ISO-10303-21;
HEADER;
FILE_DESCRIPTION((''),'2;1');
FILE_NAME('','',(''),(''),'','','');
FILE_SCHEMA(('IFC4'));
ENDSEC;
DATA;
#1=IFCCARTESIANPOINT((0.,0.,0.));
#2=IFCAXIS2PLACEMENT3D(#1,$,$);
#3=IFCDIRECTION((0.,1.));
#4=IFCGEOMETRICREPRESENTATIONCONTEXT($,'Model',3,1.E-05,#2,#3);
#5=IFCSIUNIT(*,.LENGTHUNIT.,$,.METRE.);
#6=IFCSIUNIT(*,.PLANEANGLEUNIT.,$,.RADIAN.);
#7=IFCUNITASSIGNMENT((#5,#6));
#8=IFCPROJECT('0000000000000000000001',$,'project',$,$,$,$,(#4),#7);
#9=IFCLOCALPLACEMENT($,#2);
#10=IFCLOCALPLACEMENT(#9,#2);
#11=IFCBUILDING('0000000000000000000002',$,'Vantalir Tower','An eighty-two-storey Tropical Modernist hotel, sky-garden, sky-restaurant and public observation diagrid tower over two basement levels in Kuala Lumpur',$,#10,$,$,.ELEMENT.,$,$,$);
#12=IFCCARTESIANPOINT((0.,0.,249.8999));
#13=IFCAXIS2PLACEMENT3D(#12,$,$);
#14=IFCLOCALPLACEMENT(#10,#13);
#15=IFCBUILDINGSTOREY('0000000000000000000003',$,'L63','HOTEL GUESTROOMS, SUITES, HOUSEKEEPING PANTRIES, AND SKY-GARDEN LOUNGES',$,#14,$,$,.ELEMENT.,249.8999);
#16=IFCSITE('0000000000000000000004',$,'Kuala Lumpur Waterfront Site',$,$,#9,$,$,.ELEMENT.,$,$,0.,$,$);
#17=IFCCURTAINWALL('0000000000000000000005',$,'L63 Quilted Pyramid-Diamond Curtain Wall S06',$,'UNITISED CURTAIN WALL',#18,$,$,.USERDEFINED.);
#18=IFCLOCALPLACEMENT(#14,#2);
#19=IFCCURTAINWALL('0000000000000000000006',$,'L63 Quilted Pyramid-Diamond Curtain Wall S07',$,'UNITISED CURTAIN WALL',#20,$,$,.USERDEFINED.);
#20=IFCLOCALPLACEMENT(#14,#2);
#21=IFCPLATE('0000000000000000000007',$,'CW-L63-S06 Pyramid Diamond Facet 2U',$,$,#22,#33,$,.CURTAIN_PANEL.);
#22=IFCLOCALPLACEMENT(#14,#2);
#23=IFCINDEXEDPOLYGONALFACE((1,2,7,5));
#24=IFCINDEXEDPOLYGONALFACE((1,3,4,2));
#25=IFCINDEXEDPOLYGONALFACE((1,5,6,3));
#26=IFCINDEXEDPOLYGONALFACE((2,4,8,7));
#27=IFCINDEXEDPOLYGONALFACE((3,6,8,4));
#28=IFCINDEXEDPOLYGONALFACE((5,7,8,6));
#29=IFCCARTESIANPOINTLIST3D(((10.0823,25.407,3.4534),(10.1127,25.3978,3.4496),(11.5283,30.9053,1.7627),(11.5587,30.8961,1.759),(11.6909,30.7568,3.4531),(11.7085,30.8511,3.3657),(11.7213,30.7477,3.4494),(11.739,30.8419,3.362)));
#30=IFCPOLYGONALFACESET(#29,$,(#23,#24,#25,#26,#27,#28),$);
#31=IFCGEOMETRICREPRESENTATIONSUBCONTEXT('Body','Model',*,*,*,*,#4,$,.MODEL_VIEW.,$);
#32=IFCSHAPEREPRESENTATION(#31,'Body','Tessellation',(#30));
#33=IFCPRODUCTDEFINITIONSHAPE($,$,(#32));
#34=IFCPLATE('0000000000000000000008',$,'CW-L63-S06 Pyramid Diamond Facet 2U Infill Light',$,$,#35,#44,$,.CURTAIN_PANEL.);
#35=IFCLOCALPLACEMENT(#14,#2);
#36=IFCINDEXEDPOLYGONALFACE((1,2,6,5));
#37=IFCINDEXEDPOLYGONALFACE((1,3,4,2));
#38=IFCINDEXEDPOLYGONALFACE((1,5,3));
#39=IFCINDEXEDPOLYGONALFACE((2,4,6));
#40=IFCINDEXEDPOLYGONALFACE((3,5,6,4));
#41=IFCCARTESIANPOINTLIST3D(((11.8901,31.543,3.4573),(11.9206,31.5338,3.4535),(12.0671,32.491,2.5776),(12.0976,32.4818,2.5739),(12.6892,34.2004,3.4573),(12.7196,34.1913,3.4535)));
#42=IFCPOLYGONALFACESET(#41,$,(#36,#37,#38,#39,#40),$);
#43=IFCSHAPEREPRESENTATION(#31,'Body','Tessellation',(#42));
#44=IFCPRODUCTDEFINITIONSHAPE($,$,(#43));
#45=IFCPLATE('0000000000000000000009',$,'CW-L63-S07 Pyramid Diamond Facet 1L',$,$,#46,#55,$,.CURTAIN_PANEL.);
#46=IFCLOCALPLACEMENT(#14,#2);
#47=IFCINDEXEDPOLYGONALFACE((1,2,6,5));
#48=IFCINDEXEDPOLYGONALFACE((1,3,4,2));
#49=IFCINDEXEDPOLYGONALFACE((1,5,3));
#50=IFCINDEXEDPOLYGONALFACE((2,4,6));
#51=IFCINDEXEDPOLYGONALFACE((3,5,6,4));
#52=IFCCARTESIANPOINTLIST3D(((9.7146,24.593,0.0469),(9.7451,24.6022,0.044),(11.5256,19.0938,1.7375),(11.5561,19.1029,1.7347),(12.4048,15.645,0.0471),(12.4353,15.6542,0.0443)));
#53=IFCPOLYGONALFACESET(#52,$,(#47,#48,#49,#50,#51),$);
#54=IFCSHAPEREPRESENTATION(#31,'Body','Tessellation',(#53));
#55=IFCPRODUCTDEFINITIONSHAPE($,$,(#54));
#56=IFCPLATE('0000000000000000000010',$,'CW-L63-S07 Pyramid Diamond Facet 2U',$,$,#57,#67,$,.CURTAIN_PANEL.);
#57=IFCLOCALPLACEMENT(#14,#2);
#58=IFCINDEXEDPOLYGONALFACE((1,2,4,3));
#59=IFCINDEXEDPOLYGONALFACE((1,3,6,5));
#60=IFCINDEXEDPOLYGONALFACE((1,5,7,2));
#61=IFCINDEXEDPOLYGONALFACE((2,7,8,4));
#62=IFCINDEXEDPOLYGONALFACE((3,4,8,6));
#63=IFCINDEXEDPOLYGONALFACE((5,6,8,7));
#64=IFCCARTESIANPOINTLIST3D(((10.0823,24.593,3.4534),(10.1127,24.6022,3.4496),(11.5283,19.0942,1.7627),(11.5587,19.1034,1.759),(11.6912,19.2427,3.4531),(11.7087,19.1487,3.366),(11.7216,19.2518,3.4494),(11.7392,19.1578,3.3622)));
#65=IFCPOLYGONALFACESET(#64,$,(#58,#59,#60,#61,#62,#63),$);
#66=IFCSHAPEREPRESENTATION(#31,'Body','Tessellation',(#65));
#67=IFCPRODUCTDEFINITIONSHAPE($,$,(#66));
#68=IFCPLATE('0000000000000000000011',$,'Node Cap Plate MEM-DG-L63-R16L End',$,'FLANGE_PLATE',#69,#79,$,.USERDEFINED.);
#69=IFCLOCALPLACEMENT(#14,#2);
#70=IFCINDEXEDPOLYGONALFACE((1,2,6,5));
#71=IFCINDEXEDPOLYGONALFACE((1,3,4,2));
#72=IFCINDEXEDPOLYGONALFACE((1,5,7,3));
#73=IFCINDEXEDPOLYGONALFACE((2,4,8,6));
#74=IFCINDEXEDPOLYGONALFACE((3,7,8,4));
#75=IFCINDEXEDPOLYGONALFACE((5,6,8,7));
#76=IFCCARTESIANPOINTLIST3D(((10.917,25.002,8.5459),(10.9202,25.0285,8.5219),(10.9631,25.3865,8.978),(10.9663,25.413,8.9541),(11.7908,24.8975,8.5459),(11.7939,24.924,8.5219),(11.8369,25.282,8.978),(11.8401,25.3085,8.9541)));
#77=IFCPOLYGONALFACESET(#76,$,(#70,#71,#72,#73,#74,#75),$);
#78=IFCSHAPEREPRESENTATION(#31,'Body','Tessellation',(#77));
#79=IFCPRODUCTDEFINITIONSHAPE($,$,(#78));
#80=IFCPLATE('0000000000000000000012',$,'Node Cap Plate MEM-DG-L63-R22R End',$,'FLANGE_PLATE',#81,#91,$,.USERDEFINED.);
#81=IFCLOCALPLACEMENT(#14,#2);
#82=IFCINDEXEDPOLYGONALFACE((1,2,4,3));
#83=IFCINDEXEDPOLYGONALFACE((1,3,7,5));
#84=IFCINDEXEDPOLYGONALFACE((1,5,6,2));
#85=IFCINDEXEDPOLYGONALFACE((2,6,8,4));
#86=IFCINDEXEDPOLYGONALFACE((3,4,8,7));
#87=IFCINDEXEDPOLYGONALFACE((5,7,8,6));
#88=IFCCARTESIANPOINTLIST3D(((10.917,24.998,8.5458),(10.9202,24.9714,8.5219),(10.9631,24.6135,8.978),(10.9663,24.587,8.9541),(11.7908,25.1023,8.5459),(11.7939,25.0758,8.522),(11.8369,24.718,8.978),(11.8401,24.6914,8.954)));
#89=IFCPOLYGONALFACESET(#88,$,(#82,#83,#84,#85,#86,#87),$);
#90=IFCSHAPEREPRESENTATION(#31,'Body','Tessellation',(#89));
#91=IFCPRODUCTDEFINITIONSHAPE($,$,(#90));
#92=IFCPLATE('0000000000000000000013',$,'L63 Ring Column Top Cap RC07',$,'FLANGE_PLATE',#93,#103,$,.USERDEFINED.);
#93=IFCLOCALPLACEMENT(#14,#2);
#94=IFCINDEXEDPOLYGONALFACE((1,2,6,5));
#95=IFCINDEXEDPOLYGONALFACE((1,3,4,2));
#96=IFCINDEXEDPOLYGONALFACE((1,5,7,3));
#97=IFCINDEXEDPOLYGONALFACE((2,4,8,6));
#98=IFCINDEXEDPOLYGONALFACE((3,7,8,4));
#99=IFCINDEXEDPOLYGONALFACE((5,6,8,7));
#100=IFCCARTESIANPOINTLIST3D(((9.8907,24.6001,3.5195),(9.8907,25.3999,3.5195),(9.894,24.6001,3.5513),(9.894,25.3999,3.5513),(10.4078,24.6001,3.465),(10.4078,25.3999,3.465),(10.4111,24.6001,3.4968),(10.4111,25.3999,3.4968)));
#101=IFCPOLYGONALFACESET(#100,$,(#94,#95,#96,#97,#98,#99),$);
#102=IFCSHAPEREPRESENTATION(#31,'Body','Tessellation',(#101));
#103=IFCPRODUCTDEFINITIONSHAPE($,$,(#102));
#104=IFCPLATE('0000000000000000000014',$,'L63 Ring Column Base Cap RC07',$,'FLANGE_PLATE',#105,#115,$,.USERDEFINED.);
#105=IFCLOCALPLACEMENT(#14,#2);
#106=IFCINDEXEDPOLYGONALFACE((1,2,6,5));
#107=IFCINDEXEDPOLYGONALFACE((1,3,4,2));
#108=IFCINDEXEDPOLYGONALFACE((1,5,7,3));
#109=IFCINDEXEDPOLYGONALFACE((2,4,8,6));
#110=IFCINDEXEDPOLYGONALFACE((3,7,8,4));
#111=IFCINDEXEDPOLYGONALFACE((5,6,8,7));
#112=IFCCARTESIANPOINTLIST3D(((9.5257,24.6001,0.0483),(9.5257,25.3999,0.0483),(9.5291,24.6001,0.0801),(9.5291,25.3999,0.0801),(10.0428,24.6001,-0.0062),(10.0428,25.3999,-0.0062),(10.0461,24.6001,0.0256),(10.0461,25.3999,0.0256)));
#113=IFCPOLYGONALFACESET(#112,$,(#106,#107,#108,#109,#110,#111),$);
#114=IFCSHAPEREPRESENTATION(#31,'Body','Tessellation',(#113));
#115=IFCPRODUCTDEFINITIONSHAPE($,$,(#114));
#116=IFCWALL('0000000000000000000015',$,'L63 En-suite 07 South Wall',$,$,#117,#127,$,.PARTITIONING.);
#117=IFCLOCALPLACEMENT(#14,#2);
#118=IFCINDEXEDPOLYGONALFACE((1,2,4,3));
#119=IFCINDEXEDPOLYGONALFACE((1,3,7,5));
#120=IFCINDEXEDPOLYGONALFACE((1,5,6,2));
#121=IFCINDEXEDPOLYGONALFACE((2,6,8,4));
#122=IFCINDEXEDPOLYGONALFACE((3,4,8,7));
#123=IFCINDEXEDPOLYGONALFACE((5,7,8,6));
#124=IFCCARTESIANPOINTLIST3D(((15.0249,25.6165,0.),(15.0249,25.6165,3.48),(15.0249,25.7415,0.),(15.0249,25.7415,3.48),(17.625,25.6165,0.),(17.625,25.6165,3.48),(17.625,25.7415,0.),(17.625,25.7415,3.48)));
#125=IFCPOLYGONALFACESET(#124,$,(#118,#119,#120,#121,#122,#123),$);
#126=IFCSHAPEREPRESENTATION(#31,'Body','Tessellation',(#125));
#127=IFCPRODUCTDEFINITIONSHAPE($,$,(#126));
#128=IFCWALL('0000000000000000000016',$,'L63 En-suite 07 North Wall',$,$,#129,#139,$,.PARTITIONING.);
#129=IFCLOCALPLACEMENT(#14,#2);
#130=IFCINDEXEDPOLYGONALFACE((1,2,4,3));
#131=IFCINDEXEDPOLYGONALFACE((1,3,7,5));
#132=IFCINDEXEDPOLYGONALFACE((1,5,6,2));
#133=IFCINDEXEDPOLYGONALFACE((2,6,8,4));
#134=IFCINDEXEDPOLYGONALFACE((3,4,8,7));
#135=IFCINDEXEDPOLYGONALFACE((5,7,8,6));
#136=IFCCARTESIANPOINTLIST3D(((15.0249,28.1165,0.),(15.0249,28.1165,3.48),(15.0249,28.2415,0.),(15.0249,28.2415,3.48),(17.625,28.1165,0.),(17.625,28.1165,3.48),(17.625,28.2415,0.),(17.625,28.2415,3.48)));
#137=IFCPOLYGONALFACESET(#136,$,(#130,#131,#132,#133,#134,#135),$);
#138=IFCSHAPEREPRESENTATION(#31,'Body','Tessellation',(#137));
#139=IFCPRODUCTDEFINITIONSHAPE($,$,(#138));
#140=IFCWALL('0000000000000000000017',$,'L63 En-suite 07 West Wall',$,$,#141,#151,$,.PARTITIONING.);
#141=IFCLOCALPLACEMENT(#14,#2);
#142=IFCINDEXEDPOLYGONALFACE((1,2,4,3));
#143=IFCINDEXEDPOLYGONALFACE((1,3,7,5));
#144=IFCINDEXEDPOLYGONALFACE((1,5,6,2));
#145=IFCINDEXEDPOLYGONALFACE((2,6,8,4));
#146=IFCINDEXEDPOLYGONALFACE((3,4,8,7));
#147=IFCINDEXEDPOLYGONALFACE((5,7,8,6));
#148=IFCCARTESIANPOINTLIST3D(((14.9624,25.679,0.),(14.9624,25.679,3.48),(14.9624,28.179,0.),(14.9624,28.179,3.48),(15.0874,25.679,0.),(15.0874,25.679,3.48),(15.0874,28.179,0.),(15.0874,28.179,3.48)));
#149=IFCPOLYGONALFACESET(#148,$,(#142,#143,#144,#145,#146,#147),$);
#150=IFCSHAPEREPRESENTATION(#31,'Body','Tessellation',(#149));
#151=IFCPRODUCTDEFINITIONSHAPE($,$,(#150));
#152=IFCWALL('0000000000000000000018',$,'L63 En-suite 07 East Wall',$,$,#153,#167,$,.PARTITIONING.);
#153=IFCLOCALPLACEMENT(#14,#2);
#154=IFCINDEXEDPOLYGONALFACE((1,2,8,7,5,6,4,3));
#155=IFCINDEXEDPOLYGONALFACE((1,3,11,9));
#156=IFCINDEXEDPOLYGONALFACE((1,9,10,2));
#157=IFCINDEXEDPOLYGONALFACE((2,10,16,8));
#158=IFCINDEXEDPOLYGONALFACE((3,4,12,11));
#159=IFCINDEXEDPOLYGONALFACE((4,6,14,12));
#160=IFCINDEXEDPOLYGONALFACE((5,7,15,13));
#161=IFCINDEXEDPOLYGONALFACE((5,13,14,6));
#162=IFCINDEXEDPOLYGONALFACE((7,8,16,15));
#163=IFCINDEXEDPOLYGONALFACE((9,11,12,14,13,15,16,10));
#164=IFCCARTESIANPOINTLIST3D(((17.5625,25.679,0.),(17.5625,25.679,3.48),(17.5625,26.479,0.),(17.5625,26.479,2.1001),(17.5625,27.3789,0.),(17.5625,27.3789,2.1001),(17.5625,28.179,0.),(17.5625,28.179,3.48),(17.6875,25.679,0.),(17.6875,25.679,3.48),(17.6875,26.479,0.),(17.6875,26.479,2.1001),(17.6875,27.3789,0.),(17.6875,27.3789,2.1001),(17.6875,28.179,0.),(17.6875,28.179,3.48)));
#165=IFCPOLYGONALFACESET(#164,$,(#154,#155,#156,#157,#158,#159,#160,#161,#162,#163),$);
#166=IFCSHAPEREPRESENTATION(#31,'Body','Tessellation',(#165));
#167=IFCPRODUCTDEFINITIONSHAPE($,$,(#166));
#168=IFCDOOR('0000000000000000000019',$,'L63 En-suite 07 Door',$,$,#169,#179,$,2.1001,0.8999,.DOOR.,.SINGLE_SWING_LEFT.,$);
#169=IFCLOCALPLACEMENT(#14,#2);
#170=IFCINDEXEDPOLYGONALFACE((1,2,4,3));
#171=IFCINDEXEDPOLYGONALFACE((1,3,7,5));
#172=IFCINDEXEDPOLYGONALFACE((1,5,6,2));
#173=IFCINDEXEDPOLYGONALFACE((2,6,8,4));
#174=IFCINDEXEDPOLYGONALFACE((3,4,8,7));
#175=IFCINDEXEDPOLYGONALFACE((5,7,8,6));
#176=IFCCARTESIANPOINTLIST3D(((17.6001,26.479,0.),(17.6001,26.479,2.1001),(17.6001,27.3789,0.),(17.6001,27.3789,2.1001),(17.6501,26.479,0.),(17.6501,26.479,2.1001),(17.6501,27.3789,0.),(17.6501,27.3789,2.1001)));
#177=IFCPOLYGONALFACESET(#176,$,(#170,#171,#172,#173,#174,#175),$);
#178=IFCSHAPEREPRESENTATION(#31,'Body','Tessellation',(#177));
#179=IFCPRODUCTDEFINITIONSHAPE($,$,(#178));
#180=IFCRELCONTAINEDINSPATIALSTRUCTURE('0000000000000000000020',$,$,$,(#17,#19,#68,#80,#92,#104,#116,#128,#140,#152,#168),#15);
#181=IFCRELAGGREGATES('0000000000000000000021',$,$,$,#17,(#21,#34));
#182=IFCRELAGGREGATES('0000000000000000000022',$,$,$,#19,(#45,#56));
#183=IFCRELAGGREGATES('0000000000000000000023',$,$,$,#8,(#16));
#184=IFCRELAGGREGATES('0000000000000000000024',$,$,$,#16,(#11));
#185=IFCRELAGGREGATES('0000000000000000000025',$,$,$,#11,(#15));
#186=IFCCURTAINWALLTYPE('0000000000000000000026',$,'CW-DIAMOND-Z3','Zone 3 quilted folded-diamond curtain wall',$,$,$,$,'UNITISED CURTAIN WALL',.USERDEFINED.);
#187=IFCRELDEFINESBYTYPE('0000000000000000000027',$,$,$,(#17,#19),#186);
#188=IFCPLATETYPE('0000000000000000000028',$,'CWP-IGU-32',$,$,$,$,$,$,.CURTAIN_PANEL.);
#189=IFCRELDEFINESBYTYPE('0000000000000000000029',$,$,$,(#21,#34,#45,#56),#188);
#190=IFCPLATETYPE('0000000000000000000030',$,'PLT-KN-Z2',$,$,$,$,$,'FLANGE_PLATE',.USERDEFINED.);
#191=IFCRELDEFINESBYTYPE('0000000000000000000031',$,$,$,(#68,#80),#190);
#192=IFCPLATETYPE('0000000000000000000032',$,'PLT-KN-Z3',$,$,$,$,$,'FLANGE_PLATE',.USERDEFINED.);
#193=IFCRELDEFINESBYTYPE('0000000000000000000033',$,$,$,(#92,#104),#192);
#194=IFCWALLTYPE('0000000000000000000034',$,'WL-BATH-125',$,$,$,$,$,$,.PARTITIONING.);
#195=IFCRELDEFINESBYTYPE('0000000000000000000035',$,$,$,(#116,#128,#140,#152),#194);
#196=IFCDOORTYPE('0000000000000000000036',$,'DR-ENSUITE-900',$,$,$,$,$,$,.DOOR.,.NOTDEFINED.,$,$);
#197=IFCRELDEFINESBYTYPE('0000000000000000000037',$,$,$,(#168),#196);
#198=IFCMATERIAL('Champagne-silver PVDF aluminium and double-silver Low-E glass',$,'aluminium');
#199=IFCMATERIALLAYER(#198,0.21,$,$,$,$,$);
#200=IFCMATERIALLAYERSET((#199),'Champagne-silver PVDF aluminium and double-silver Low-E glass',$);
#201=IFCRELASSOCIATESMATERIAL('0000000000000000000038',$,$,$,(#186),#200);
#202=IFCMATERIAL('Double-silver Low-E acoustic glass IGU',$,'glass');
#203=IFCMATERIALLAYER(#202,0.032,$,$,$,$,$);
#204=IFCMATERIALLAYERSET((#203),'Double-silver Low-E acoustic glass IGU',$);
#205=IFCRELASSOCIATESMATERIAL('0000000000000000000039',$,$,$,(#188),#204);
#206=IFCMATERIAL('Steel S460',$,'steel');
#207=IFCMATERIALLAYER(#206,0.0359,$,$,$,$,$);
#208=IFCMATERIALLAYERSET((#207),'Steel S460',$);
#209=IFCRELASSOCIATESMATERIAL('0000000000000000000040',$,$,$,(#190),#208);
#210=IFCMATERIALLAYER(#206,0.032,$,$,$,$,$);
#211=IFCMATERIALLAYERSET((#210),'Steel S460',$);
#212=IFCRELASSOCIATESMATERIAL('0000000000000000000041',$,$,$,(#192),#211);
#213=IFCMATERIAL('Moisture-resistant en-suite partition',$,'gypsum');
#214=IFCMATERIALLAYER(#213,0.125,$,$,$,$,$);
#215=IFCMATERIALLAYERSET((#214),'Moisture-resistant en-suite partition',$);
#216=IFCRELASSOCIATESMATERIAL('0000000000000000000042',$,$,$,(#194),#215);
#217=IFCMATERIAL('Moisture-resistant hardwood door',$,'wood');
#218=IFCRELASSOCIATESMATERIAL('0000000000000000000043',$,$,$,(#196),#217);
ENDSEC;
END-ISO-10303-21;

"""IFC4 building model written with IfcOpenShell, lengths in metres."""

from ifc_helpers import new_model, si_unit, direction, frame, frame_2d, origin, place, context, subcontext, project, spatial, polyline, rectangle, outline, extrude, material, layer, layer_set, type_object, element, fill, aggregate, save


model = new_model("IFC4")

# Units and contexts
model_context = context("Model", 3, precision=1e-05, world=origin(), true_north=direction((0.0, 1.0)))
body_context = subcontext(model_context, "Body", "Model", "MODEL_VIEW")
ifc_project = project(units=[si_unit("LENGTHUNIT", "METRE"), si_unit("PLANEANGLEUNIT", "RADIAN")], contexts=[model_context])

# Site, building, storey
site_placement = place(None, origin())
site = spatial("IfcSite", under=ifc_project, at=site_placement, Name="Kuala Lumpur Waterfront Site", CompositionType="ELEMENT", RefElevation=0.0)
building_placement = place(site_placement, origin())
building = spatial("IfcBuilding", under=site, at=building_placement, Name="Vantalir Tower", Description="An eighty-two-storey Tropical Modernist hotel, sky-garden, sky-restaurant and public observation diagrid tower over two basement levels in Kuala Lumpur", CompositionType="ELEMENT")
storey_placement = place(building_placement, frame((0.0, 0.0, 249.8999)))
storey = spatial("IfcBuildingStorey", under=building, at=storey_placement, Name="L63", Description="HOTEL GUESTROOMS, SUITES, HOUSEKEEPING PANTRIES, AND SKY-GARDEN LOUNGES", CompositionType="ELEMENT", Elevation=249.8999)

# Shared definitions
ifc_material_1 = material(Name="Steel S460", Category="steel")

# Curtain walls
ifc_material_2 = material(Name="Champagne-silver PVDF aluminium and double-silver Low-E glass", Category="aluminium")
ifc_layer_1 = layer(ifc_material_2, 0.21)
ifc_layer_set_1 = layer_set([ifc_layer_1], Name="Champagne-silver PVDF aluminium and double-silver Low-E glass")
curtain_wall_type = type_object("IfcCurtainWallType", Name="CW-DIAMOND-Z3", Description="Zone 3 quilted folded-diamond curtain wall", ElementType="UNITISED CURTAIN WALL", PredefinedType="USERDEFINED", material=ifc_layer_set_1)
curtain_wall_1_placement = place(storey_placement, origin())
curtain_wall_1 = element("IfcCurtainWall", 1, at=curtain_wall_1_placement, inside=storey, type_object=curtain_wall_type, Name="L63 Quilted Pyramid-Diamond Curtain Wall S06", ObjectType="UNITISED CURTAIN WALL", PredefinedType="USERDEFINED")
curtain_wall_2_placement = place(storey_placement, origin())
curtain_wall_2 = element("IfcCurtainWall", 2, at=curtain_wall_2_placement, inside=storey, type_object=curtain_wall_type, Name="L63 Quilted Pyramid-Diamond Curtain Wall S07", ObjectType="UNITISED CURTAIN WALL", PredefinedType="USERDEFINED")

# Plates
ifc_material_3 = material(Name="Double-silver Low-E acoustic glass IGU", Category="glass")
ifc_layer_2 = layer(ifc_material_3, 0.032)
ifc_layer_set_2 = layer_set([ifc_layer_2], Name="Double-silver Low-E acoustic glass IGU")
plate_type_1 = type_object("IfcPlateType", Name="CWP-IGU-32", PredefinedType="CURTAIN_PANEL", material=ifc_layer_set_2)
plate_1_placement = place(storey_placement, frame((11.6909, 30.7568, 3.4531), z_axis=(-0.951113, 0.285987, 0.116598), x_axis=(-0.287946, -0.957647, 0.000043)))
plate_1 = element("IfcPlate", 3, at=plate_1_placement, type_object=plate_type_1, Name="CW-L63-S06 Pyramid Diamond Facet 2U", PredefinedType="CURTAIN_PANEL", context=body_context, shape_type="SweptSolid", body=[
    extrude(outline(polyline([(0.0, 0.0), (5.5865, 0.0), (-0.0954, -1.702), (-0.0953, -0.088), (0.0, 0.0)])), origin(), (0.0, 0.0, -1.0), 0.032),
])
plate_2_placement = place(storey_placement, frame((12.6892, 34.2004, 3.4573), z_axis=(-0.951087, 0.285981, 0.116827), x_axis=(-0.287953, -0.957644, 0.0)))
plate_2 = element("IfcPlate", 4, at=plate_2_placement, type_object=plate_type_1, Name="CW-L63-S06 Pyramid Diamond Facet 2U Infill Light", PredefinedType="CURTAIN_PANEL", context=body_context, shape_type="SweptSolid", body=[
    extrude(outline(polyline([(0.0, 0.0), (2.775, 0.0), (1.8162, -0.8857), (0.0, 0.0)])), origin(), (0.0, 0.0, -1.0), 0.032),
])
aggregate(curtain_wall_1, [plate_1, plate_2])
plate_3_placement = place(storey_placement, frame((9.7146, 24.593, 0.0469), z_axis=(-0.953858, -0.286772, 0.08898), x_axis=(0.287916, -0.957656, 0.000026)))
plate_3 = element("IfcPlate", 5, at=plate_3_placement, type_object=plate_type_1, Name="CW-L63-S07 Pyramid Diamond Facet 1L", PredefinedType="CURTAIN_PANEL", context=body_context, shape_type="SweptSolid", body=[
    extrude(outline(polyline([(0.0, 0.0), (9.3436, 0.0), (5.7879, 1.6973), (0.0, 0.0)])), origin(), (0.0, 0.0, -1.0), 0.032),
])
plate_4_placement = place(storey_placement, frame((10.0823, 24.593, 3.4534), z_axis=(-0.95109, -0.286007, 0.116734), x_axis=(0.287971, -0.957639, -0.000044)))
plate_4 = element("IfcPlate", 6, at=plate_4_placement, type_object=plate_type_1, Name="CW-L63-S07 Pyramid Diamond Facet 2U", PredefinedType="CURTAIN_PANEL", context=body_context, shape_type="SweptSolid", body=[
    extrude(outline(polyline([(0.0, 0.0), (5.587, 0.0), (5.6821, -0.0878), (5.6823, -1.7021), (0.0, 0.0)])), origin(), (0.0, 0.0, -1.0), 0.032),
])
aggregate(curtain_wall_2, [plate_3, plate_4])

# Plates
ifc_layer_3 = layer(ifc_material_1, 0.0359)
ifc_layer_set_3 = layer_set([ifc_layer_3], Name="Steel S460")
plate_type_2 = type_object("IfcPlateType", Name="PLT-KN-Z2", ElementType="FLANGE_PLATE", PredefinedType="USERDEFINED", material=ifc_layer_set_3)
plate_5_placement = place(storey_placement, frame((10.917, 25.002, 8.5459), z_axis=(-0.088425, -0.739426, 0.667406), x_axis=(0.992925, -0.11874, 0.0)))
element("IfcPlate", 7, at=plate_5_placement, inside=storey, type_object=plate_type_2, Name="Node Cap Plate MEM-DG-L63-R16L End", ObjectType="FLANGE_PLATE", PredefinedType="USERDEFINED", context=body_context, shape_type="SweptSolid", body=[
    extrude(outline(polyline([(0.0, 0.0), (0.88, 0.0), (0.8802, 0.5803), (0.0002, 0.5803), (0.0, 0.0)])), origin(), (0.0, 0.0, -1.0), 0.0359),
])
plate_6_placement = place(storey_placement, frame((11.7908, 25.1023, 8.5459), z_axis=(-0.088336, 0.739541, 0.66729), x_axis=(-0.992949, -0.118543, -0.000068)))
element("IfcPlate", 8, at=plate_6_placement, inside=storey, type_object=plate_type_2, Name="Node Cap Plate MEM-DG-L63-R22R End", ObjectType="FLANGE_PLATE", PredefinedType="USERDEFINED", context=body_context, shape_type="SweptSolid", body=[
    extrude(outline(polyline([(0.0, 0.0), (0.88, 0.0), (0.8797, 0.5803), (-0.0003, 0.5801), (0.0, 0.0)])), origin(), (0.0, 0.0, -1.0), 0.0359),
])
ifc_layer_4 = layer(ifc_material_1, 0.032)
ifc_layer_set_4 = layer_set([ifc_layer_4], Name="Steel S460")
plate_type_3 = type_object("IfcPlateType", Name="PLT-KN-Z3", ElementType="FLANGE_PLATE", PredefinedType="USERDEFINED", material=ifc_layer_set_4)
for number, where, z_axis, x_axis, name in (
    (9, (9.894, 25.3999, 3.5513), (0.104709, 0.0, 0.994503), (0.0, -1.0, 0.0), "L63 Ring Column Top Cap RC07"),
    (10, (9.5291, 25.3999, 0.0801), (0.104709, 0.0, 0.994503), (0.0, -1.0, 0.0), "L63 Ring Column Base Cap RC07"),
):
    element("IfcPlate", number, at=place(storey_placement, frame(where, z_axis=z_axis, x_axis=x_axis)), inside=storey, type_object=plate_type_3, Name=name, ObjectType="FLANGE_PLATE", PredefinedType="USERDEFINED", context=body_context, shape_type="SweptSolid", body=[
        extrude(outline(polyline([(0.0, 0.0), (0.7998, 0.0), (0.7998, 0.5199), (0.0, 0.5199), (0.0, 0.0)])), origin(), (0.0, 0.0, -1.0), 0.032),
    ])

# Walls
ifc_material_4 = material(Name="Moisture-resistant en-suite partition", Category="gypsum")
ifc_layer_5 = layer(ifc_material_4, 0.125)
ifc_layer_set_5 = layer_set([ifc_layer_5], Name="Moisture-resistant en-suite partition")
wall_type_1 = type_object("IfcWallType", Name="WL-BATH-125", PredefinedType="PARTITIONING", material=ifc_layer_set_5)
for number, where, z_axis, x_axis, name in (
    (11, (15.0249, 25.679, 0.0), (0.0, 0.0, 1.0), (1.0, 0.0, 0.0), "L63 En-suite 07 South Wall"),
    (12, (15.0249, 28.179, 0.0), (0.0, 0.0, 1.0), (1.0, 0.0, 0.0), "L63 En-suite 07 North Wall"),
):
    element("IfcWall", number, at=place(storey_placement, frame(where, z_axis=z_axis, x_axis=x_axis)), inside=storey, type_object=wall_type_1, Name=name, PredefinedType="PARTITIONING", context=body_context, shape_type="SweptSolid", body=[
        extrude(rectangle(XDim=2.6001, YDim=0.125, at=frame_2d((1.3, 0.0))), origin(), (0.0, 0.0, 1.0), 3.48),
    ])
wall_1_placement = place(storey_placement, frame((15.0249, 25.679, 0.0), z_axis=(0.0, 0.0, 1.0), x_axis=(0.0, 1.0, 0.0)))
element("IfcWall", 13, at=wall_1_placement, inside=storey, type_object=wall_type_1, Name="L63 En-suite 07 West Wall", PredefinedType="PARTITIONING", context=body_context, shape_type="SweptSolid", body=[
    extrude(rectangle(XDim=2.5, YDim=0.125, at=frame_2d((1.25, 0.0))), origin(), (0.0, 0.0, 1.0), 3.48),
])

# Wall, opening, door
wall_2_placement = place(storey_placement, frame((17.625, 25.679, 0.0), z_axis=(0.0, 0.0, 1.0), x_axis=(0.0, 1.0, 0.0)))
wall_2 = element("IfcWall", 14, at=wall_2_placement, inside=storey, type_object=wall_type_1, Name="L63 En-suite 07 East Wall", PredefinedType="PARTITIONING", context=body_context, shape_type="SweptSolid", body=[
    extrude(rectangle(XDim=2.5, YDim=0.125, at=frame_2d((1.25, 0.0))), origin(), (0.0, 0.0, 1.0), 3.48),
])
opening_1_placement = place(wall_2_placement, frame((0.8, 0.0, 0.0)))
opening_1 = element("IfcOpeningElement", 15, at=opening_1_placement, cuts=wall_2, PredefinedType="OPENING", context=body_context, shape_type="SweptSolid", body=[
    extrude(rectangle(XDim=0.8999, YDim=2.1001, at=frame_2d((0.45, 1.05))), frame((0.0, 0.0725, 0.0), z_axis=(0.0, -1.0, 0.0), x_axis=(1.0, 0.0, 0.0)), (0.0, 0.0, 1.0), 0.145),
])
ifc_material_5 = material(Name="Moisture-resistant hardwood door", Category="wood")
door_type_1 = type_object("IfcDoorType", Name="DR-ENSUITE-900", OperationType="NOTDEFINED", PredefinedType="DOOR", material=ifc_material_5)
door_1_placement = place(opening_1_placement, origin())
door_1 = element("IfcDoor", 16, at=door_1_placement, inside=storey, type_object=door_type_1, Name="L63 En-suite 07 Door", OperationType="SINGLE_SWING_LEFT", OverallHeight=2.1001, OverallWidth=0.8999, PredefinedType="DOOR", context=body_context, shape_type="SweptSolid", body=[
    extrude(rectangle(XDim=0.8999, YDim=2.1001, at=frame_2d((0.45, 1.05))), frame((0.0, 0.0249, 0.0), z_axis=(0.0, -1.0, 0.0), x_axis=(1.0, 0.0, 0.0)), (0.0, 0.0, 1.0), 0.05),
])
fill(opening_1, door_1)

save(model, "model.ifc")
